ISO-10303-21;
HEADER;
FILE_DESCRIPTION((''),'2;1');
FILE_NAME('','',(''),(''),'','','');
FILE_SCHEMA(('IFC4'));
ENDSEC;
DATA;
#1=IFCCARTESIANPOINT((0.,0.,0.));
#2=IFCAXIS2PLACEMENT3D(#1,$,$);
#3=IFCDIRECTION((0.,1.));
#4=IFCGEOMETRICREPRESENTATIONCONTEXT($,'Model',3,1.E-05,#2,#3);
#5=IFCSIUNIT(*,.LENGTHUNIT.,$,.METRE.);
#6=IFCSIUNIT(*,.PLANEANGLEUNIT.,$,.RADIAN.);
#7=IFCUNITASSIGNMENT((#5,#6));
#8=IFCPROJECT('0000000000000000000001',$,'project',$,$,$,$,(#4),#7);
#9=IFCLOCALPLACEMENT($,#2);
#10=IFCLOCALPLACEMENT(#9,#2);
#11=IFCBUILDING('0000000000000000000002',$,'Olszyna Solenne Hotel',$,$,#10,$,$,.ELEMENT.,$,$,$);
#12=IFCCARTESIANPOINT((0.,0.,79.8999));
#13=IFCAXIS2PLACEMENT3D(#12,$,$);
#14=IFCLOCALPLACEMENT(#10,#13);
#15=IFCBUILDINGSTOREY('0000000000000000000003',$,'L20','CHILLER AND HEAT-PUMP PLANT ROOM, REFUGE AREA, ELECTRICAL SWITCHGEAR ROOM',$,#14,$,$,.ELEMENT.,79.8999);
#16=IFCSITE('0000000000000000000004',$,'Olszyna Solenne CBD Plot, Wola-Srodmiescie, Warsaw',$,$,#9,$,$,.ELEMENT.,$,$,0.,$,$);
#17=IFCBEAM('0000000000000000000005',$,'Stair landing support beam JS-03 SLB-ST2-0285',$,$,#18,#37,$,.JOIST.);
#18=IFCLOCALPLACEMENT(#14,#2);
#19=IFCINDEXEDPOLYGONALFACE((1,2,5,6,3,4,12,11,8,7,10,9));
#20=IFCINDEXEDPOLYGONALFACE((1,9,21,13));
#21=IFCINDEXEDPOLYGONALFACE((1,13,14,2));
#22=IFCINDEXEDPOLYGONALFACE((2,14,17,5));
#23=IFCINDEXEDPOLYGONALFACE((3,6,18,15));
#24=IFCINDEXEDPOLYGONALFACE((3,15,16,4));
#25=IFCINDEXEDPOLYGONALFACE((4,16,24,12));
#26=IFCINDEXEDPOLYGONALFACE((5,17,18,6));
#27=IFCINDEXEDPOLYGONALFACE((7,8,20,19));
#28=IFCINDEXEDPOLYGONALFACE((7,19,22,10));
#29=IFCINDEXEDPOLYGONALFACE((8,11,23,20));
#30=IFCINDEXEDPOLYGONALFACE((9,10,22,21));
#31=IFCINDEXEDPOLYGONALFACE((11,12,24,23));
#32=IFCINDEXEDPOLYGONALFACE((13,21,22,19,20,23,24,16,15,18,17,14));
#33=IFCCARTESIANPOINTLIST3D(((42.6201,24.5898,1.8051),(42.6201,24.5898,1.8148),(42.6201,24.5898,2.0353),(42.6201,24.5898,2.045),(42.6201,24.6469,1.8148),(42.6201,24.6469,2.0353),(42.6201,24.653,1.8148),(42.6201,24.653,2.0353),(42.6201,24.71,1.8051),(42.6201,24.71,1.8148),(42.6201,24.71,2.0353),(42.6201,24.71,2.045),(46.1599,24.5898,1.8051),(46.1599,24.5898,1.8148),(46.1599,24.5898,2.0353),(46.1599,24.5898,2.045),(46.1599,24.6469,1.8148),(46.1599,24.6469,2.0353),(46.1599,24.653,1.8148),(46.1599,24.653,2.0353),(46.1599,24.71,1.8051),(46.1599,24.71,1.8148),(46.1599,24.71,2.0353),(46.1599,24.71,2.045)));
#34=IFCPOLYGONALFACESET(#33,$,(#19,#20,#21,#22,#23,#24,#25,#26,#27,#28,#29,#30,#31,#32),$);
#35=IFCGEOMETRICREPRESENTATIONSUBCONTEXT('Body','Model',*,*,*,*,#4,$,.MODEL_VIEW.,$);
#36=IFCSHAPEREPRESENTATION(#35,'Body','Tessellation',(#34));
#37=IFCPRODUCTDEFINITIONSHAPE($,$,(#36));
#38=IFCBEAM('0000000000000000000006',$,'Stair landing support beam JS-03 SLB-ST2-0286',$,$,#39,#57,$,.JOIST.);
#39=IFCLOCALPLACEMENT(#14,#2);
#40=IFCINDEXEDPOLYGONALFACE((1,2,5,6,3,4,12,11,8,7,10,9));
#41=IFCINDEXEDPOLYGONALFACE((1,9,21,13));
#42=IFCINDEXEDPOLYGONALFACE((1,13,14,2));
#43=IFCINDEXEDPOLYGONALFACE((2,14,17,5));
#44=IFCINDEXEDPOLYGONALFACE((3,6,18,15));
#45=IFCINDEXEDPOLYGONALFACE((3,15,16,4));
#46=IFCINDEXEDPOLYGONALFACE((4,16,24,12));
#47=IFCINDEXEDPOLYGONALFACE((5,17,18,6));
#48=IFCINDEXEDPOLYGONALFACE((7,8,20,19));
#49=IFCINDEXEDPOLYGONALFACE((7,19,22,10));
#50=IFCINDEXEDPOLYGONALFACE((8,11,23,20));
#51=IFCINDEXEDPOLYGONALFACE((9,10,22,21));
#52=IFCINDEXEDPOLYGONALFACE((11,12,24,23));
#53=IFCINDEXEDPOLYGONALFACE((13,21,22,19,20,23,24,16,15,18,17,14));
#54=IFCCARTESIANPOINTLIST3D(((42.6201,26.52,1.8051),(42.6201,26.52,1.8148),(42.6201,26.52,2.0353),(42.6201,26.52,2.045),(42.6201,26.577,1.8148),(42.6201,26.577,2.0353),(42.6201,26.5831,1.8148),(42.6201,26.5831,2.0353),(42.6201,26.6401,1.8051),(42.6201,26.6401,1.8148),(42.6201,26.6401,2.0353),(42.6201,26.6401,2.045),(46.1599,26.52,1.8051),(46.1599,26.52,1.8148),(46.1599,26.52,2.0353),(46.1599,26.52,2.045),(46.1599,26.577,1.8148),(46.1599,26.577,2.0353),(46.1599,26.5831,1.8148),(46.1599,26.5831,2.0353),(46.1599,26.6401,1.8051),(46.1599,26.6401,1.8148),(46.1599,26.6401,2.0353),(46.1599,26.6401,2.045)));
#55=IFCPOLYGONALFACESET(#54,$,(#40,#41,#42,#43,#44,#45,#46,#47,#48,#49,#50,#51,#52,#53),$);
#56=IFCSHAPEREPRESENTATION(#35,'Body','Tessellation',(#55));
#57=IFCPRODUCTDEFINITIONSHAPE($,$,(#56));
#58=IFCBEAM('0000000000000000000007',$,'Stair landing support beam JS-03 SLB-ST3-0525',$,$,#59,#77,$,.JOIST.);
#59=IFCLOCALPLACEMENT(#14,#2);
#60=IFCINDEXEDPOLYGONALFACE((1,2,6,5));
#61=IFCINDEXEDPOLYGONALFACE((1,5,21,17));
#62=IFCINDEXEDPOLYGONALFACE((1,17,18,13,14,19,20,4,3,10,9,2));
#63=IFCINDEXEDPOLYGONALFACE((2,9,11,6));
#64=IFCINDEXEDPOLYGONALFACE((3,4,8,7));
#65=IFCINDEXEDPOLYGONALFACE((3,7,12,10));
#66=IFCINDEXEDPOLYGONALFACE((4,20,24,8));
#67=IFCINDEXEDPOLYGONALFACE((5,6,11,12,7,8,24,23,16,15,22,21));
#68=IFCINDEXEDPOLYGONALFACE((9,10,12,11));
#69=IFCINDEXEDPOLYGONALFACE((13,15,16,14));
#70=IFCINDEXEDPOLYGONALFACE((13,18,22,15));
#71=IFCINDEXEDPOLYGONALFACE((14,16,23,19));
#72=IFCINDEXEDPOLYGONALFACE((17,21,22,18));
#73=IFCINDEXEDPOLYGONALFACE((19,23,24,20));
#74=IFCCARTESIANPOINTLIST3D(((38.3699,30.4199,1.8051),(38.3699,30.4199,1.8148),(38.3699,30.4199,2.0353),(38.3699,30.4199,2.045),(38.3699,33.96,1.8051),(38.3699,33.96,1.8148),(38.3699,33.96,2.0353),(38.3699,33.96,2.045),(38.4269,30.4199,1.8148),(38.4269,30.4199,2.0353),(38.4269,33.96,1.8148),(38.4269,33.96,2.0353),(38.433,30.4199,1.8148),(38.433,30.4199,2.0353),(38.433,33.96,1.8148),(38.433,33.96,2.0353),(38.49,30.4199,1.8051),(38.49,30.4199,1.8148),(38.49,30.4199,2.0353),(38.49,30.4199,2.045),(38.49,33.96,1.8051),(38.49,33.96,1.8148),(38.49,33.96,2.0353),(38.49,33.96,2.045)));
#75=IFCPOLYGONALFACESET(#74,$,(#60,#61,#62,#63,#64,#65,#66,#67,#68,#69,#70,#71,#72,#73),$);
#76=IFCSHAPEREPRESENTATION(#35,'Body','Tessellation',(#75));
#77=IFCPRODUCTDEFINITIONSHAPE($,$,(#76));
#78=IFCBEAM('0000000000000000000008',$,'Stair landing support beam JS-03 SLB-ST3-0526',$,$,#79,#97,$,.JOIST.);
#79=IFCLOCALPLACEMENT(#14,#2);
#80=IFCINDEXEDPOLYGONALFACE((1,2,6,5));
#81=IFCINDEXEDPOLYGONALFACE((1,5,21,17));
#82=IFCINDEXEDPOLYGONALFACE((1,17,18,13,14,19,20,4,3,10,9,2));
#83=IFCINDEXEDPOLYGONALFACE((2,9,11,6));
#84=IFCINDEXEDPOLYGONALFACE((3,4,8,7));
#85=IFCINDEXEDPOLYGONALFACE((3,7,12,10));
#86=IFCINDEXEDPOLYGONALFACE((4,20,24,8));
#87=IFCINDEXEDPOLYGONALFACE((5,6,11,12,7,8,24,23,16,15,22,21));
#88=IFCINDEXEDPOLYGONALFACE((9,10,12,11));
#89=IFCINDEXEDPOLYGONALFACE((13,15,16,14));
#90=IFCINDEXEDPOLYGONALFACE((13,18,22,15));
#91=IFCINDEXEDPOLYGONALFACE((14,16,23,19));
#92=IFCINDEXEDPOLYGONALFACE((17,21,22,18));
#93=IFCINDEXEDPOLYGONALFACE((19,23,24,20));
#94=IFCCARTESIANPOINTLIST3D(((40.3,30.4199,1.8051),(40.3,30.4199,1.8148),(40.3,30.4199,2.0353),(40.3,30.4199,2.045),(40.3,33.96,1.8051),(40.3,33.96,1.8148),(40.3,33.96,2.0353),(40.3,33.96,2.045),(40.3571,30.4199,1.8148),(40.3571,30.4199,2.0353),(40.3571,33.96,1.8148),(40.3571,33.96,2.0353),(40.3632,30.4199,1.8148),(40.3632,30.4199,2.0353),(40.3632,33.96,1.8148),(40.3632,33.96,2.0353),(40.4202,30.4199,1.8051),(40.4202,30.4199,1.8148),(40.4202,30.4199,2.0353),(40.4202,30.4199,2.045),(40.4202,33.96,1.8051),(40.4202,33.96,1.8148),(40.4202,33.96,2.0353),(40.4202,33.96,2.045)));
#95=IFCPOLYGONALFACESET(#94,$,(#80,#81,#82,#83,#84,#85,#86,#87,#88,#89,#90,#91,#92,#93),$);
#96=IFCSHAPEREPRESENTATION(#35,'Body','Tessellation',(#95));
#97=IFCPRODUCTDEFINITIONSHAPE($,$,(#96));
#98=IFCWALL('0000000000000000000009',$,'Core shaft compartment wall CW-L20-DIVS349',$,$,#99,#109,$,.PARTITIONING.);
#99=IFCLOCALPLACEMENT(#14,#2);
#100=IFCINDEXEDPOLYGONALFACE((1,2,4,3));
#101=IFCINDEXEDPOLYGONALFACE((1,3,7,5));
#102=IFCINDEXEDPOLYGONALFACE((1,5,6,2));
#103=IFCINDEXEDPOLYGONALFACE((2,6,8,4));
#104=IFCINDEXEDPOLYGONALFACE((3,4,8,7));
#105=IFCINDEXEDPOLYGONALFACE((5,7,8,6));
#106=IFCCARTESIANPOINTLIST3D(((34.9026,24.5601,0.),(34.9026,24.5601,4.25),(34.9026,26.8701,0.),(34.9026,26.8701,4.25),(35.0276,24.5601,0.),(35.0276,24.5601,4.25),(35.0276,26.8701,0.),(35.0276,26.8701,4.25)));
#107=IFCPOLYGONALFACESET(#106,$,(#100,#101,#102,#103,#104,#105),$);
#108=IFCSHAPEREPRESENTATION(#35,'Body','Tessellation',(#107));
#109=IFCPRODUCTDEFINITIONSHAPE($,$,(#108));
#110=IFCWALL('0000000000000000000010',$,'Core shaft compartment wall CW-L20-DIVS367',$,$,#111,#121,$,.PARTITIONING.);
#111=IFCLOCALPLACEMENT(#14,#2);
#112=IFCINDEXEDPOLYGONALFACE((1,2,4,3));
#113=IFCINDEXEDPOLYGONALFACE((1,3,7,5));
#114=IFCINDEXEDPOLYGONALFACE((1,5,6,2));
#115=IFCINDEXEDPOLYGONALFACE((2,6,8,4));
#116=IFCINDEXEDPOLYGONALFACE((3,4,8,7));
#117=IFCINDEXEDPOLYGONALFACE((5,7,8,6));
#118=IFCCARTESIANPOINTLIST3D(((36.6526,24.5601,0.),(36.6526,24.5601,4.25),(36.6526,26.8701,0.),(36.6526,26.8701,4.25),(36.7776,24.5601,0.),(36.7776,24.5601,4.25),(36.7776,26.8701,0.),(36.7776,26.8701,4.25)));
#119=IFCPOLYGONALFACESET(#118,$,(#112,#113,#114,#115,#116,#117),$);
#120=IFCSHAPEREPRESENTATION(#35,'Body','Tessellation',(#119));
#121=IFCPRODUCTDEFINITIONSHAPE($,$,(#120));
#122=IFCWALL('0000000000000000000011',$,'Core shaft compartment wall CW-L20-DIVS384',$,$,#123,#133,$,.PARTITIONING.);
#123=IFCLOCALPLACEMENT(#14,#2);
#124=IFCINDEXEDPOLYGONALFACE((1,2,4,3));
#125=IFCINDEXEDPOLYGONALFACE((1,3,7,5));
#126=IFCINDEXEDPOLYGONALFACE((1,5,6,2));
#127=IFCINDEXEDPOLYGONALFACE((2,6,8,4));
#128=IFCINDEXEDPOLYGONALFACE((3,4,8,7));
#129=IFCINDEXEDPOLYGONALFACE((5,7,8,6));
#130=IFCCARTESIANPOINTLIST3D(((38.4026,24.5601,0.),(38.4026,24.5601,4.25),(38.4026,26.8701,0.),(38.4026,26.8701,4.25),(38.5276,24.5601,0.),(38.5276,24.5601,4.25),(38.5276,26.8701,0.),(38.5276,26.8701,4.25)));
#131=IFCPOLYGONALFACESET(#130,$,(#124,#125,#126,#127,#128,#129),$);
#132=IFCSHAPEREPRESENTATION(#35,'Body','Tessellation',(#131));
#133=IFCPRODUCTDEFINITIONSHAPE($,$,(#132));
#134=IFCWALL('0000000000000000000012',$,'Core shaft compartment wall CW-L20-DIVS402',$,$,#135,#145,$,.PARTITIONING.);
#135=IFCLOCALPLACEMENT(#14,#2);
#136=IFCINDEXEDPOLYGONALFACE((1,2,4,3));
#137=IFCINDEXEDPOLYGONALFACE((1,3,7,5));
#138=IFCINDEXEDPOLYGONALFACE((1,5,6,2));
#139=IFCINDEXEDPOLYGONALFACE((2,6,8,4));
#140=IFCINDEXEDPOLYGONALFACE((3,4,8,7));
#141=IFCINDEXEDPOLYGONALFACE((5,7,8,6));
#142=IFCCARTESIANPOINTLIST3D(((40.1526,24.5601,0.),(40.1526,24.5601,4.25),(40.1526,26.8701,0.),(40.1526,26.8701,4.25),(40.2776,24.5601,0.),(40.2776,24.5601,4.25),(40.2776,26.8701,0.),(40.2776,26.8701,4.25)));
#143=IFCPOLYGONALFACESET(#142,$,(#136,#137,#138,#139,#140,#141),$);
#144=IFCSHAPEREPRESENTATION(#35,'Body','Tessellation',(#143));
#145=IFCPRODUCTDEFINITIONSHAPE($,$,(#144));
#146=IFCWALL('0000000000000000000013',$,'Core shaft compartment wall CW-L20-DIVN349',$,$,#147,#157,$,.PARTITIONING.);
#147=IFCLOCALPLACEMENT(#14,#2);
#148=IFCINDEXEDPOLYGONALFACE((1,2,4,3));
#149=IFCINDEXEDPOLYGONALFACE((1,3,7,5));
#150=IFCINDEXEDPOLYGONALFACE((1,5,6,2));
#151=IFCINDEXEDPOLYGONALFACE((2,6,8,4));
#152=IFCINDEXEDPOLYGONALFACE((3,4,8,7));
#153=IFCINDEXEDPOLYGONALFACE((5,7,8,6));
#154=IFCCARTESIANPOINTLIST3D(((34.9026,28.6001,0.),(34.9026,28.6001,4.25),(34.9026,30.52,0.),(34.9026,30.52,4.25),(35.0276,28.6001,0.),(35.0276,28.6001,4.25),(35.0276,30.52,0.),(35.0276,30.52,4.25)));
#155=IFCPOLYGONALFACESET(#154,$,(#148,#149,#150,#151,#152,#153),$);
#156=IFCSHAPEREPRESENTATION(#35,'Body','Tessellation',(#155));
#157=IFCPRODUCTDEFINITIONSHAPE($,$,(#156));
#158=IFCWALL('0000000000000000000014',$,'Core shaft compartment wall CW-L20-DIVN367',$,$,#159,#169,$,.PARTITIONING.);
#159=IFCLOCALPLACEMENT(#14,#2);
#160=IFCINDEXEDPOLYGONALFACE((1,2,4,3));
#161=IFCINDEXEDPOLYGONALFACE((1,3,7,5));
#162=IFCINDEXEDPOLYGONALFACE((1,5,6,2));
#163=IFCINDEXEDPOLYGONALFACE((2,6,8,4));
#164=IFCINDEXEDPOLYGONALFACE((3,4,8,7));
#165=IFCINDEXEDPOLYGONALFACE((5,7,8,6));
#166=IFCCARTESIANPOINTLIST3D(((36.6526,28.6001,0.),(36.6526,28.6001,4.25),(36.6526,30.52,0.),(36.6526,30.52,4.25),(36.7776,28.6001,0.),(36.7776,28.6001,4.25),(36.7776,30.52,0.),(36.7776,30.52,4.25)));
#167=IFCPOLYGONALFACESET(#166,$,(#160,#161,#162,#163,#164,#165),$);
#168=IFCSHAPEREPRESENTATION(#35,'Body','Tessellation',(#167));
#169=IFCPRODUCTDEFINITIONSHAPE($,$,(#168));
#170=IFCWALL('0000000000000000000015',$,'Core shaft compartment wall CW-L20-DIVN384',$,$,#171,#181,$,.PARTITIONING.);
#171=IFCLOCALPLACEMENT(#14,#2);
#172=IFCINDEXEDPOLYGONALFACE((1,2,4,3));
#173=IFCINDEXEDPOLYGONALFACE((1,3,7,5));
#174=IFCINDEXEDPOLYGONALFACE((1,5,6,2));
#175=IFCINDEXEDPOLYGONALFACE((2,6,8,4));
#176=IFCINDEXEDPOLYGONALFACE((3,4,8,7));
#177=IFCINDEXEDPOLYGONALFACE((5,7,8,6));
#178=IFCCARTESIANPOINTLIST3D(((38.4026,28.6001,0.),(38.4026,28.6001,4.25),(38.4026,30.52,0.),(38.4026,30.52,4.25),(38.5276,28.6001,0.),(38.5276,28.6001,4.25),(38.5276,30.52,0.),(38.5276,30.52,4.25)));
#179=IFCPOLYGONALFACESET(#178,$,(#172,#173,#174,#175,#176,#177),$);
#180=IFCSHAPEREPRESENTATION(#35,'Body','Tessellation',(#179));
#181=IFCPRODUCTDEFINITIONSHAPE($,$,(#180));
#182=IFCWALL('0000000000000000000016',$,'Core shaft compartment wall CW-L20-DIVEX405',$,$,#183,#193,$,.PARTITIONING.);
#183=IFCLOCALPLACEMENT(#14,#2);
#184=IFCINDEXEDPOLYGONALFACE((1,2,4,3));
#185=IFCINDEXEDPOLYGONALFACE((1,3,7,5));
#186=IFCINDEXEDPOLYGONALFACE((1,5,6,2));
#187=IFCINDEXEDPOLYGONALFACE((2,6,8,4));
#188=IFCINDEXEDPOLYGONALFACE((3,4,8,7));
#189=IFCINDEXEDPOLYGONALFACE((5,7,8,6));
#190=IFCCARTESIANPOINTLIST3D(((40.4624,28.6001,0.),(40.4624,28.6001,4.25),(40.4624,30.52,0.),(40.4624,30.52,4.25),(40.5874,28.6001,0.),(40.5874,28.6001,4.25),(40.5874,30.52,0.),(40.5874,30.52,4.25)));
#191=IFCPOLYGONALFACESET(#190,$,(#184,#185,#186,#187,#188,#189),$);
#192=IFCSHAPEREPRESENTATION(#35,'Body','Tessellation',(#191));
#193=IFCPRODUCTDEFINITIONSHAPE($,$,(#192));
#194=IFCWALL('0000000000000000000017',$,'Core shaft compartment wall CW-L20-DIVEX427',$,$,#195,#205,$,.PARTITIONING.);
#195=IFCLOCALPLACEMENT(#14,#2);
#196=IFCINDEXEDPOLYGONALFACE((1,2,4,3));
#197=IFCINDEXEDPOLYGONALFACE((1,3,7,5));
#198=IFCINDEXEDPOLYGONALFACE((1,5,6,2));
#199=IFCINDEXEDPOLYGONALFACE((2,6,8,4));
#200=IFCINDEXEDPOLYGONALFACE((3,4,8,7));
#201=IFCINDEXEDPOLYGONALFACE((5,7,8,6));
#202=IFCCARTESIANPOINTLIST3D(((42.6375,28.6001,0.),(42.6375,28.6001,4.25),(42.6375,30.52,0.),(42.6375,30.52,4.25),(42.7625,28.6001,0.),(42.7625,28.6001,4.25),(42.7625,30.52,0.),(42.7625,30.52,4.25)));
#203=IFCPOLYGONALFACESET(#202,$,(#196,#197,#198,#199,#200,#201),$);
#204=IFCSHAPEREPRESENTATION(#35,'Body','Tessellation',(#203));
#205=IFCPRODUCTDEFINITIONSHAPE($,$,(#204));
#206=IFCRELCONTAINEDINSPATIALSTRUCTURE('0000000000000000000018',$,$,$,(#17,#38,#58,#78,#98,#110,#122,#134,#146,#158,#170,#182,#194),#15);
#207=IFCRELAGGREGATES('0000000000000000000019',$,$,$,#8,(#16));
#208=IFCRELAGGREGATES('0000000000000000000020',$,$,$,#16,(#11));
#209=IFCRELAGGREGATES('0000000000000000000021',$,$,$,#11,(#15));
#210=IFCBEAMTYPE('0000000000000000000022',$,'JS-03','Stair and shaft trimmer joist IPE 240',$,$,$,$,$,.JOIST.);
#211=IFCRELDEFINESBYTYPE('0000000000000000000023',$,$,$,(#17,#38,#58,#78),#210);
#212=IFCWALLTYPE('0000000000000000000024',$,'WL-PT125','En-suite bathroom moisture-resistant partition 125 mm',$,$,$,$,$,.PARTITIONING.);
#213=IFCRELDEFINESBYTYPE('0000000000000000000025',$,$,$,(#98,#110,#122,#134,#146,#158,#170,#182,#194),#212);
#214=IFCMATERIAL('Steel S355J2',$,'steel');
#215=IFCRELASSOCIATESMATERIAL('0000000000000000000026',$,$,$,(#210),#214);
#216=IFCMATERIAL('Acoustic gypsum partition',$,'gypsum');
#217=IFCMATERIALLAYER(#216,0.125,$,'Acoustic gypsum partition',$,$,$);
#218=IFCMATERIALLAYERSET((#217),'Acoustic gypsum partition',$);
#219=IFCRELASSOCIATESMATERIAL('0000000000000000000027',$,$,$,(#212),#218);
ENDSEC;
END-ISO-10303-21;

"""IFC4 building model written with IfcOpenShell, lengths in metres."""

from ifc_helpers import new_model, si_unit, direction, frame, frame_2d, origin, origin_2d, place, context, subcontext, project, spatial, rectangle, i_section, extrude, source, transform, mapped, material, layer, layer_set, material_profile, profile_set, type_object, element, save


model = new_model("IFC4")

# Units and contexts
model_context = context("Model", 3, precision=1e-05, world=origin(), true_north=direction((0.0, 1.0)))
body_context = subcontext(model_context, "Body", "Model", "MODEL_VIEW")
ifc_project = project(units=[si_unit("LENGTHUNIT", "METRE"), si_unit("PLANEANGLEUNIT", "RADIAN")], contexts=[model_context])

# Site, building, storey
site_placement = place(None, origin())
site = spatial("IfcSite", under=ifc_project, at=site_placement, Name="Olszyna Solenne CBD Plot, Wola-Srodmiescie, Warsaw", CompositionType="ELEMENT", RefElevation=0.0)
building_placement = place(site_placement, origin())
building = spatial("IfcBuilding", under=site, at=building_placement, Name="Olszyna Solenne Hotel", CompositionType="ELEMENT")
storey_placement = place(building_placement, frame((0.0, 0.0, 79.8999)))
storey = spatial("IfcBuildingStorey", under=building, at=storey_placement, Name="L20", Description="CHILLER AND HEAT-PUMP PLANT ROOM, REFUGE AREA, ELECTRICAL SWITCHGEAR ROOM", CompositionType="ELEMENT", Elevation=79.8999)

# Beams
ifc_material_1 = material(Name="Steel S355J2", Category="steel")
ifc_material_profile = material_profile(ifc_material_1, i_section(OverallWidth=0.1201, OverallDepth=0.24, WebThickness=0.0061, FlangeThickness=0.0098, at=origin_2d()), Name="IPE 240", Category="load-bearing")
ifc_profile_set = profile_set([ifc_material_profile], Name="Steel S355J2")
beam_type = type_object("IfcBeamType", Name="JS-03", Description="Stair and shaft trimmer joist IPE 240", PredefinedType="JOIST", material=ifc_profile_set)
shared_shape_1 = source(origin(), body_context, "Body", "SweptSolid", [
    extrude(i_section(OverallWidth=0.1201, OverallDepth=0.24, WebThickness=0.0061, FlangeThickness=0.0098, at=origin_2d()), origin(), (0.0, 0.0, 1.0), 3.5398),
])
for number, where, z_axis, x_axis, name in (
    (1, (46.1599, 24.6499, 1.925), (-1.0, 0.0, 0.0), (0.0, -1.0, 0.0), "Stair landing support beam JS-03 SLB-ST2-0285"),
    (2, (46.1599, 26.5801, 1.925), (-1.0, 0.0, 0.0), (0.0, -1.0, 0.0), "Stair landing support beam JS-03 SLB-ST2-0286"),
):
    element("IfcBeam", number, at=place(storey_placement, frame(where, z_axis=z_axis, x_axis=x_axis)), inside=storey, type_object=beam_type, Name=name, PredefinedType="JOIST", context=body_context, shape_type="MappedRepresentation", body=[
        mapped(shared_shape_1, transform((0.0, 0.0, 0.0), x_axis=(1.0, 0.0, 0.0), y_axis=(0.0, 1.0, 0.0), z_axis=(0.0, 0.0, 1.0), scale=1.0)),
    ])
shared_shape_2 = source(origin(), body_context, "Body", "SweptSolid", [
    extrude(i_section(OverallWidth=0.1201, OverallDepth=0.24, WebThickness=0.0061, FlangeThickness=0.0098, at=origin_2d()), origin(), (0.0, 0.0, 1.0), 3.54),
])
for number, where, z_axis, x_axis, name in (
    (3, (38.4299, 30.4199, 1.925), (0.0, 1.0, 0.0), (-1.0, 0.0, 0.0), "Stair landing support beam JS-03 SLB-ST3-0525"),
    (4, (40.3601, 30.4199, 1.925), (0.0, 1.0, 0.0), (-1.0, 0.0, 0.0), "Stair landing support beam JS-03 SLB-ST3-0526"),
):
    element("IfcBeam", number, at=place(storey_placement, frame(where, z_axis=z_axis, x_axis=x_axis)), inside=storey, type_object=beam_type, Name=name, PredefinedType="JOIST", context=body_context, shape_type="MappedRepresentation", body=[
        mapped(shared_shape_2, transform((0.0, 0.0, 0.0), x_axis=(1.0, 0.0, 0.0), y_axis=(0.0, 1.0, 0.0), z_axis=(0.0, 0.0, 1.0), scale=1.0)),
    ])

# Walls
ifc_material_2 = material(Name="Acoustic gypsum partition", Category="gypsum")
ifc_layer_1 = layer(ifc_material_2, 0.125, Name="Acoustic gypsum partition")
ifc_layer_set_1 = layer_set([ifc_layer_1], Name="Acoustic gypsum partition")
wall_type_1 = type_object("IfcWallType", Name="WL-PT125", Description="En-suite bathroom moisture-resistant partition 125 mm", PredefinedType="PARTITIONING", material=ifc_layer_set_1)
for number, where, z_axis, x_axis, name in (
    (5, (34.9651, 24.5601, 0.0), (0.0, 0.0, 1.0), (0.0, 1.0, 0.0), "Core shaft compartment wall CW-L20-DIVS349"),
    (6, (36.7151, 24.5601, 0.0), (0.0, 0.0, 1.0), (0.0, 1.0, 0.0), "Core shaft compartment wall CW-L20-DIVS367"),
    (7, (38.4651, 24.5601, 0.0), (0.0, 0.0, 1.0), (0.0, 1.0, 0.0), "Core shaft compartment wall CW-L20-DIVS384"),
    (8, (40.2151, 24.5601, 0.0), (0.0, 0.0, 1.0), (0.0, 1.0, 0.0), "Core shaft compartment wall CW-L20-DIVS402"),
):
    element("IfcWall", number, at=place(storey_placement, frame(where, z_axis=z_axis, x_axis=x_axis)), inside=storey, type_object=wall_type_1, Name=name, PredefinedType="PARTITIONING", context=body_context, shape_type="SweptSolid", body=[
        extrude(rectangle(XDim=2.3101, YDim=0.125, at=frame_2d((1.155, 0.0))), origin(), (0.0, 0.0, 1.0), 4.25),
    ])
for number, where, z_axis, x_axis, name in (
    (9, (34.9651, 28.6001, 0.0), (0.0, 0.0, 1.0), (0.0, 1.0, 0.0), "Core shaft compartment wall CW-L20-DIVN349"),
    (10, (36.7151, 28.6001, 0.0), (0.0, 0.0, 1.0), (0.0, 1.0, 0.0), "Core shaft compartment wall CW-L20-DIVN367"),
    (11, (38.4651, 28.6001, 0.0), (0.0, 0.0, 1.0), (0.0, 1.0, 0.0), "Core shaft compartment wall CW-L20-DIVN384"),
    (12, (40.5249, 28.6001, 0.0), (0.0, 0.0, 1.0), (0.0, 1.0, 0.0), "Core shaft compartment wall CW-L20-DIVEX405"),
    (13, (42.7, 28.6001, 0.0), (0.0, 0.0, 1.0), (0.0, 1.0, 0.0), "Core shaft compartment wall CW-L20-DIVEX427"),
):
    element("IfcWall", number, at=place(storey_placement, frame(where, z_axis=z_axis, x_axis=x_axis)), inside=storey, type_object=wall_type_1, Name=name, PredefinedType="PARTITIONING", context=body_context, shape_type="SweptSolid", body=[
        extrude(rectangle(XDim=1.9199, YDim=0.125, at=frame_2d((0.96, 0.0))), origin(), (0.0, 0.0, 1.0), 4.25),
    ])

save(model, "model.ifc")
